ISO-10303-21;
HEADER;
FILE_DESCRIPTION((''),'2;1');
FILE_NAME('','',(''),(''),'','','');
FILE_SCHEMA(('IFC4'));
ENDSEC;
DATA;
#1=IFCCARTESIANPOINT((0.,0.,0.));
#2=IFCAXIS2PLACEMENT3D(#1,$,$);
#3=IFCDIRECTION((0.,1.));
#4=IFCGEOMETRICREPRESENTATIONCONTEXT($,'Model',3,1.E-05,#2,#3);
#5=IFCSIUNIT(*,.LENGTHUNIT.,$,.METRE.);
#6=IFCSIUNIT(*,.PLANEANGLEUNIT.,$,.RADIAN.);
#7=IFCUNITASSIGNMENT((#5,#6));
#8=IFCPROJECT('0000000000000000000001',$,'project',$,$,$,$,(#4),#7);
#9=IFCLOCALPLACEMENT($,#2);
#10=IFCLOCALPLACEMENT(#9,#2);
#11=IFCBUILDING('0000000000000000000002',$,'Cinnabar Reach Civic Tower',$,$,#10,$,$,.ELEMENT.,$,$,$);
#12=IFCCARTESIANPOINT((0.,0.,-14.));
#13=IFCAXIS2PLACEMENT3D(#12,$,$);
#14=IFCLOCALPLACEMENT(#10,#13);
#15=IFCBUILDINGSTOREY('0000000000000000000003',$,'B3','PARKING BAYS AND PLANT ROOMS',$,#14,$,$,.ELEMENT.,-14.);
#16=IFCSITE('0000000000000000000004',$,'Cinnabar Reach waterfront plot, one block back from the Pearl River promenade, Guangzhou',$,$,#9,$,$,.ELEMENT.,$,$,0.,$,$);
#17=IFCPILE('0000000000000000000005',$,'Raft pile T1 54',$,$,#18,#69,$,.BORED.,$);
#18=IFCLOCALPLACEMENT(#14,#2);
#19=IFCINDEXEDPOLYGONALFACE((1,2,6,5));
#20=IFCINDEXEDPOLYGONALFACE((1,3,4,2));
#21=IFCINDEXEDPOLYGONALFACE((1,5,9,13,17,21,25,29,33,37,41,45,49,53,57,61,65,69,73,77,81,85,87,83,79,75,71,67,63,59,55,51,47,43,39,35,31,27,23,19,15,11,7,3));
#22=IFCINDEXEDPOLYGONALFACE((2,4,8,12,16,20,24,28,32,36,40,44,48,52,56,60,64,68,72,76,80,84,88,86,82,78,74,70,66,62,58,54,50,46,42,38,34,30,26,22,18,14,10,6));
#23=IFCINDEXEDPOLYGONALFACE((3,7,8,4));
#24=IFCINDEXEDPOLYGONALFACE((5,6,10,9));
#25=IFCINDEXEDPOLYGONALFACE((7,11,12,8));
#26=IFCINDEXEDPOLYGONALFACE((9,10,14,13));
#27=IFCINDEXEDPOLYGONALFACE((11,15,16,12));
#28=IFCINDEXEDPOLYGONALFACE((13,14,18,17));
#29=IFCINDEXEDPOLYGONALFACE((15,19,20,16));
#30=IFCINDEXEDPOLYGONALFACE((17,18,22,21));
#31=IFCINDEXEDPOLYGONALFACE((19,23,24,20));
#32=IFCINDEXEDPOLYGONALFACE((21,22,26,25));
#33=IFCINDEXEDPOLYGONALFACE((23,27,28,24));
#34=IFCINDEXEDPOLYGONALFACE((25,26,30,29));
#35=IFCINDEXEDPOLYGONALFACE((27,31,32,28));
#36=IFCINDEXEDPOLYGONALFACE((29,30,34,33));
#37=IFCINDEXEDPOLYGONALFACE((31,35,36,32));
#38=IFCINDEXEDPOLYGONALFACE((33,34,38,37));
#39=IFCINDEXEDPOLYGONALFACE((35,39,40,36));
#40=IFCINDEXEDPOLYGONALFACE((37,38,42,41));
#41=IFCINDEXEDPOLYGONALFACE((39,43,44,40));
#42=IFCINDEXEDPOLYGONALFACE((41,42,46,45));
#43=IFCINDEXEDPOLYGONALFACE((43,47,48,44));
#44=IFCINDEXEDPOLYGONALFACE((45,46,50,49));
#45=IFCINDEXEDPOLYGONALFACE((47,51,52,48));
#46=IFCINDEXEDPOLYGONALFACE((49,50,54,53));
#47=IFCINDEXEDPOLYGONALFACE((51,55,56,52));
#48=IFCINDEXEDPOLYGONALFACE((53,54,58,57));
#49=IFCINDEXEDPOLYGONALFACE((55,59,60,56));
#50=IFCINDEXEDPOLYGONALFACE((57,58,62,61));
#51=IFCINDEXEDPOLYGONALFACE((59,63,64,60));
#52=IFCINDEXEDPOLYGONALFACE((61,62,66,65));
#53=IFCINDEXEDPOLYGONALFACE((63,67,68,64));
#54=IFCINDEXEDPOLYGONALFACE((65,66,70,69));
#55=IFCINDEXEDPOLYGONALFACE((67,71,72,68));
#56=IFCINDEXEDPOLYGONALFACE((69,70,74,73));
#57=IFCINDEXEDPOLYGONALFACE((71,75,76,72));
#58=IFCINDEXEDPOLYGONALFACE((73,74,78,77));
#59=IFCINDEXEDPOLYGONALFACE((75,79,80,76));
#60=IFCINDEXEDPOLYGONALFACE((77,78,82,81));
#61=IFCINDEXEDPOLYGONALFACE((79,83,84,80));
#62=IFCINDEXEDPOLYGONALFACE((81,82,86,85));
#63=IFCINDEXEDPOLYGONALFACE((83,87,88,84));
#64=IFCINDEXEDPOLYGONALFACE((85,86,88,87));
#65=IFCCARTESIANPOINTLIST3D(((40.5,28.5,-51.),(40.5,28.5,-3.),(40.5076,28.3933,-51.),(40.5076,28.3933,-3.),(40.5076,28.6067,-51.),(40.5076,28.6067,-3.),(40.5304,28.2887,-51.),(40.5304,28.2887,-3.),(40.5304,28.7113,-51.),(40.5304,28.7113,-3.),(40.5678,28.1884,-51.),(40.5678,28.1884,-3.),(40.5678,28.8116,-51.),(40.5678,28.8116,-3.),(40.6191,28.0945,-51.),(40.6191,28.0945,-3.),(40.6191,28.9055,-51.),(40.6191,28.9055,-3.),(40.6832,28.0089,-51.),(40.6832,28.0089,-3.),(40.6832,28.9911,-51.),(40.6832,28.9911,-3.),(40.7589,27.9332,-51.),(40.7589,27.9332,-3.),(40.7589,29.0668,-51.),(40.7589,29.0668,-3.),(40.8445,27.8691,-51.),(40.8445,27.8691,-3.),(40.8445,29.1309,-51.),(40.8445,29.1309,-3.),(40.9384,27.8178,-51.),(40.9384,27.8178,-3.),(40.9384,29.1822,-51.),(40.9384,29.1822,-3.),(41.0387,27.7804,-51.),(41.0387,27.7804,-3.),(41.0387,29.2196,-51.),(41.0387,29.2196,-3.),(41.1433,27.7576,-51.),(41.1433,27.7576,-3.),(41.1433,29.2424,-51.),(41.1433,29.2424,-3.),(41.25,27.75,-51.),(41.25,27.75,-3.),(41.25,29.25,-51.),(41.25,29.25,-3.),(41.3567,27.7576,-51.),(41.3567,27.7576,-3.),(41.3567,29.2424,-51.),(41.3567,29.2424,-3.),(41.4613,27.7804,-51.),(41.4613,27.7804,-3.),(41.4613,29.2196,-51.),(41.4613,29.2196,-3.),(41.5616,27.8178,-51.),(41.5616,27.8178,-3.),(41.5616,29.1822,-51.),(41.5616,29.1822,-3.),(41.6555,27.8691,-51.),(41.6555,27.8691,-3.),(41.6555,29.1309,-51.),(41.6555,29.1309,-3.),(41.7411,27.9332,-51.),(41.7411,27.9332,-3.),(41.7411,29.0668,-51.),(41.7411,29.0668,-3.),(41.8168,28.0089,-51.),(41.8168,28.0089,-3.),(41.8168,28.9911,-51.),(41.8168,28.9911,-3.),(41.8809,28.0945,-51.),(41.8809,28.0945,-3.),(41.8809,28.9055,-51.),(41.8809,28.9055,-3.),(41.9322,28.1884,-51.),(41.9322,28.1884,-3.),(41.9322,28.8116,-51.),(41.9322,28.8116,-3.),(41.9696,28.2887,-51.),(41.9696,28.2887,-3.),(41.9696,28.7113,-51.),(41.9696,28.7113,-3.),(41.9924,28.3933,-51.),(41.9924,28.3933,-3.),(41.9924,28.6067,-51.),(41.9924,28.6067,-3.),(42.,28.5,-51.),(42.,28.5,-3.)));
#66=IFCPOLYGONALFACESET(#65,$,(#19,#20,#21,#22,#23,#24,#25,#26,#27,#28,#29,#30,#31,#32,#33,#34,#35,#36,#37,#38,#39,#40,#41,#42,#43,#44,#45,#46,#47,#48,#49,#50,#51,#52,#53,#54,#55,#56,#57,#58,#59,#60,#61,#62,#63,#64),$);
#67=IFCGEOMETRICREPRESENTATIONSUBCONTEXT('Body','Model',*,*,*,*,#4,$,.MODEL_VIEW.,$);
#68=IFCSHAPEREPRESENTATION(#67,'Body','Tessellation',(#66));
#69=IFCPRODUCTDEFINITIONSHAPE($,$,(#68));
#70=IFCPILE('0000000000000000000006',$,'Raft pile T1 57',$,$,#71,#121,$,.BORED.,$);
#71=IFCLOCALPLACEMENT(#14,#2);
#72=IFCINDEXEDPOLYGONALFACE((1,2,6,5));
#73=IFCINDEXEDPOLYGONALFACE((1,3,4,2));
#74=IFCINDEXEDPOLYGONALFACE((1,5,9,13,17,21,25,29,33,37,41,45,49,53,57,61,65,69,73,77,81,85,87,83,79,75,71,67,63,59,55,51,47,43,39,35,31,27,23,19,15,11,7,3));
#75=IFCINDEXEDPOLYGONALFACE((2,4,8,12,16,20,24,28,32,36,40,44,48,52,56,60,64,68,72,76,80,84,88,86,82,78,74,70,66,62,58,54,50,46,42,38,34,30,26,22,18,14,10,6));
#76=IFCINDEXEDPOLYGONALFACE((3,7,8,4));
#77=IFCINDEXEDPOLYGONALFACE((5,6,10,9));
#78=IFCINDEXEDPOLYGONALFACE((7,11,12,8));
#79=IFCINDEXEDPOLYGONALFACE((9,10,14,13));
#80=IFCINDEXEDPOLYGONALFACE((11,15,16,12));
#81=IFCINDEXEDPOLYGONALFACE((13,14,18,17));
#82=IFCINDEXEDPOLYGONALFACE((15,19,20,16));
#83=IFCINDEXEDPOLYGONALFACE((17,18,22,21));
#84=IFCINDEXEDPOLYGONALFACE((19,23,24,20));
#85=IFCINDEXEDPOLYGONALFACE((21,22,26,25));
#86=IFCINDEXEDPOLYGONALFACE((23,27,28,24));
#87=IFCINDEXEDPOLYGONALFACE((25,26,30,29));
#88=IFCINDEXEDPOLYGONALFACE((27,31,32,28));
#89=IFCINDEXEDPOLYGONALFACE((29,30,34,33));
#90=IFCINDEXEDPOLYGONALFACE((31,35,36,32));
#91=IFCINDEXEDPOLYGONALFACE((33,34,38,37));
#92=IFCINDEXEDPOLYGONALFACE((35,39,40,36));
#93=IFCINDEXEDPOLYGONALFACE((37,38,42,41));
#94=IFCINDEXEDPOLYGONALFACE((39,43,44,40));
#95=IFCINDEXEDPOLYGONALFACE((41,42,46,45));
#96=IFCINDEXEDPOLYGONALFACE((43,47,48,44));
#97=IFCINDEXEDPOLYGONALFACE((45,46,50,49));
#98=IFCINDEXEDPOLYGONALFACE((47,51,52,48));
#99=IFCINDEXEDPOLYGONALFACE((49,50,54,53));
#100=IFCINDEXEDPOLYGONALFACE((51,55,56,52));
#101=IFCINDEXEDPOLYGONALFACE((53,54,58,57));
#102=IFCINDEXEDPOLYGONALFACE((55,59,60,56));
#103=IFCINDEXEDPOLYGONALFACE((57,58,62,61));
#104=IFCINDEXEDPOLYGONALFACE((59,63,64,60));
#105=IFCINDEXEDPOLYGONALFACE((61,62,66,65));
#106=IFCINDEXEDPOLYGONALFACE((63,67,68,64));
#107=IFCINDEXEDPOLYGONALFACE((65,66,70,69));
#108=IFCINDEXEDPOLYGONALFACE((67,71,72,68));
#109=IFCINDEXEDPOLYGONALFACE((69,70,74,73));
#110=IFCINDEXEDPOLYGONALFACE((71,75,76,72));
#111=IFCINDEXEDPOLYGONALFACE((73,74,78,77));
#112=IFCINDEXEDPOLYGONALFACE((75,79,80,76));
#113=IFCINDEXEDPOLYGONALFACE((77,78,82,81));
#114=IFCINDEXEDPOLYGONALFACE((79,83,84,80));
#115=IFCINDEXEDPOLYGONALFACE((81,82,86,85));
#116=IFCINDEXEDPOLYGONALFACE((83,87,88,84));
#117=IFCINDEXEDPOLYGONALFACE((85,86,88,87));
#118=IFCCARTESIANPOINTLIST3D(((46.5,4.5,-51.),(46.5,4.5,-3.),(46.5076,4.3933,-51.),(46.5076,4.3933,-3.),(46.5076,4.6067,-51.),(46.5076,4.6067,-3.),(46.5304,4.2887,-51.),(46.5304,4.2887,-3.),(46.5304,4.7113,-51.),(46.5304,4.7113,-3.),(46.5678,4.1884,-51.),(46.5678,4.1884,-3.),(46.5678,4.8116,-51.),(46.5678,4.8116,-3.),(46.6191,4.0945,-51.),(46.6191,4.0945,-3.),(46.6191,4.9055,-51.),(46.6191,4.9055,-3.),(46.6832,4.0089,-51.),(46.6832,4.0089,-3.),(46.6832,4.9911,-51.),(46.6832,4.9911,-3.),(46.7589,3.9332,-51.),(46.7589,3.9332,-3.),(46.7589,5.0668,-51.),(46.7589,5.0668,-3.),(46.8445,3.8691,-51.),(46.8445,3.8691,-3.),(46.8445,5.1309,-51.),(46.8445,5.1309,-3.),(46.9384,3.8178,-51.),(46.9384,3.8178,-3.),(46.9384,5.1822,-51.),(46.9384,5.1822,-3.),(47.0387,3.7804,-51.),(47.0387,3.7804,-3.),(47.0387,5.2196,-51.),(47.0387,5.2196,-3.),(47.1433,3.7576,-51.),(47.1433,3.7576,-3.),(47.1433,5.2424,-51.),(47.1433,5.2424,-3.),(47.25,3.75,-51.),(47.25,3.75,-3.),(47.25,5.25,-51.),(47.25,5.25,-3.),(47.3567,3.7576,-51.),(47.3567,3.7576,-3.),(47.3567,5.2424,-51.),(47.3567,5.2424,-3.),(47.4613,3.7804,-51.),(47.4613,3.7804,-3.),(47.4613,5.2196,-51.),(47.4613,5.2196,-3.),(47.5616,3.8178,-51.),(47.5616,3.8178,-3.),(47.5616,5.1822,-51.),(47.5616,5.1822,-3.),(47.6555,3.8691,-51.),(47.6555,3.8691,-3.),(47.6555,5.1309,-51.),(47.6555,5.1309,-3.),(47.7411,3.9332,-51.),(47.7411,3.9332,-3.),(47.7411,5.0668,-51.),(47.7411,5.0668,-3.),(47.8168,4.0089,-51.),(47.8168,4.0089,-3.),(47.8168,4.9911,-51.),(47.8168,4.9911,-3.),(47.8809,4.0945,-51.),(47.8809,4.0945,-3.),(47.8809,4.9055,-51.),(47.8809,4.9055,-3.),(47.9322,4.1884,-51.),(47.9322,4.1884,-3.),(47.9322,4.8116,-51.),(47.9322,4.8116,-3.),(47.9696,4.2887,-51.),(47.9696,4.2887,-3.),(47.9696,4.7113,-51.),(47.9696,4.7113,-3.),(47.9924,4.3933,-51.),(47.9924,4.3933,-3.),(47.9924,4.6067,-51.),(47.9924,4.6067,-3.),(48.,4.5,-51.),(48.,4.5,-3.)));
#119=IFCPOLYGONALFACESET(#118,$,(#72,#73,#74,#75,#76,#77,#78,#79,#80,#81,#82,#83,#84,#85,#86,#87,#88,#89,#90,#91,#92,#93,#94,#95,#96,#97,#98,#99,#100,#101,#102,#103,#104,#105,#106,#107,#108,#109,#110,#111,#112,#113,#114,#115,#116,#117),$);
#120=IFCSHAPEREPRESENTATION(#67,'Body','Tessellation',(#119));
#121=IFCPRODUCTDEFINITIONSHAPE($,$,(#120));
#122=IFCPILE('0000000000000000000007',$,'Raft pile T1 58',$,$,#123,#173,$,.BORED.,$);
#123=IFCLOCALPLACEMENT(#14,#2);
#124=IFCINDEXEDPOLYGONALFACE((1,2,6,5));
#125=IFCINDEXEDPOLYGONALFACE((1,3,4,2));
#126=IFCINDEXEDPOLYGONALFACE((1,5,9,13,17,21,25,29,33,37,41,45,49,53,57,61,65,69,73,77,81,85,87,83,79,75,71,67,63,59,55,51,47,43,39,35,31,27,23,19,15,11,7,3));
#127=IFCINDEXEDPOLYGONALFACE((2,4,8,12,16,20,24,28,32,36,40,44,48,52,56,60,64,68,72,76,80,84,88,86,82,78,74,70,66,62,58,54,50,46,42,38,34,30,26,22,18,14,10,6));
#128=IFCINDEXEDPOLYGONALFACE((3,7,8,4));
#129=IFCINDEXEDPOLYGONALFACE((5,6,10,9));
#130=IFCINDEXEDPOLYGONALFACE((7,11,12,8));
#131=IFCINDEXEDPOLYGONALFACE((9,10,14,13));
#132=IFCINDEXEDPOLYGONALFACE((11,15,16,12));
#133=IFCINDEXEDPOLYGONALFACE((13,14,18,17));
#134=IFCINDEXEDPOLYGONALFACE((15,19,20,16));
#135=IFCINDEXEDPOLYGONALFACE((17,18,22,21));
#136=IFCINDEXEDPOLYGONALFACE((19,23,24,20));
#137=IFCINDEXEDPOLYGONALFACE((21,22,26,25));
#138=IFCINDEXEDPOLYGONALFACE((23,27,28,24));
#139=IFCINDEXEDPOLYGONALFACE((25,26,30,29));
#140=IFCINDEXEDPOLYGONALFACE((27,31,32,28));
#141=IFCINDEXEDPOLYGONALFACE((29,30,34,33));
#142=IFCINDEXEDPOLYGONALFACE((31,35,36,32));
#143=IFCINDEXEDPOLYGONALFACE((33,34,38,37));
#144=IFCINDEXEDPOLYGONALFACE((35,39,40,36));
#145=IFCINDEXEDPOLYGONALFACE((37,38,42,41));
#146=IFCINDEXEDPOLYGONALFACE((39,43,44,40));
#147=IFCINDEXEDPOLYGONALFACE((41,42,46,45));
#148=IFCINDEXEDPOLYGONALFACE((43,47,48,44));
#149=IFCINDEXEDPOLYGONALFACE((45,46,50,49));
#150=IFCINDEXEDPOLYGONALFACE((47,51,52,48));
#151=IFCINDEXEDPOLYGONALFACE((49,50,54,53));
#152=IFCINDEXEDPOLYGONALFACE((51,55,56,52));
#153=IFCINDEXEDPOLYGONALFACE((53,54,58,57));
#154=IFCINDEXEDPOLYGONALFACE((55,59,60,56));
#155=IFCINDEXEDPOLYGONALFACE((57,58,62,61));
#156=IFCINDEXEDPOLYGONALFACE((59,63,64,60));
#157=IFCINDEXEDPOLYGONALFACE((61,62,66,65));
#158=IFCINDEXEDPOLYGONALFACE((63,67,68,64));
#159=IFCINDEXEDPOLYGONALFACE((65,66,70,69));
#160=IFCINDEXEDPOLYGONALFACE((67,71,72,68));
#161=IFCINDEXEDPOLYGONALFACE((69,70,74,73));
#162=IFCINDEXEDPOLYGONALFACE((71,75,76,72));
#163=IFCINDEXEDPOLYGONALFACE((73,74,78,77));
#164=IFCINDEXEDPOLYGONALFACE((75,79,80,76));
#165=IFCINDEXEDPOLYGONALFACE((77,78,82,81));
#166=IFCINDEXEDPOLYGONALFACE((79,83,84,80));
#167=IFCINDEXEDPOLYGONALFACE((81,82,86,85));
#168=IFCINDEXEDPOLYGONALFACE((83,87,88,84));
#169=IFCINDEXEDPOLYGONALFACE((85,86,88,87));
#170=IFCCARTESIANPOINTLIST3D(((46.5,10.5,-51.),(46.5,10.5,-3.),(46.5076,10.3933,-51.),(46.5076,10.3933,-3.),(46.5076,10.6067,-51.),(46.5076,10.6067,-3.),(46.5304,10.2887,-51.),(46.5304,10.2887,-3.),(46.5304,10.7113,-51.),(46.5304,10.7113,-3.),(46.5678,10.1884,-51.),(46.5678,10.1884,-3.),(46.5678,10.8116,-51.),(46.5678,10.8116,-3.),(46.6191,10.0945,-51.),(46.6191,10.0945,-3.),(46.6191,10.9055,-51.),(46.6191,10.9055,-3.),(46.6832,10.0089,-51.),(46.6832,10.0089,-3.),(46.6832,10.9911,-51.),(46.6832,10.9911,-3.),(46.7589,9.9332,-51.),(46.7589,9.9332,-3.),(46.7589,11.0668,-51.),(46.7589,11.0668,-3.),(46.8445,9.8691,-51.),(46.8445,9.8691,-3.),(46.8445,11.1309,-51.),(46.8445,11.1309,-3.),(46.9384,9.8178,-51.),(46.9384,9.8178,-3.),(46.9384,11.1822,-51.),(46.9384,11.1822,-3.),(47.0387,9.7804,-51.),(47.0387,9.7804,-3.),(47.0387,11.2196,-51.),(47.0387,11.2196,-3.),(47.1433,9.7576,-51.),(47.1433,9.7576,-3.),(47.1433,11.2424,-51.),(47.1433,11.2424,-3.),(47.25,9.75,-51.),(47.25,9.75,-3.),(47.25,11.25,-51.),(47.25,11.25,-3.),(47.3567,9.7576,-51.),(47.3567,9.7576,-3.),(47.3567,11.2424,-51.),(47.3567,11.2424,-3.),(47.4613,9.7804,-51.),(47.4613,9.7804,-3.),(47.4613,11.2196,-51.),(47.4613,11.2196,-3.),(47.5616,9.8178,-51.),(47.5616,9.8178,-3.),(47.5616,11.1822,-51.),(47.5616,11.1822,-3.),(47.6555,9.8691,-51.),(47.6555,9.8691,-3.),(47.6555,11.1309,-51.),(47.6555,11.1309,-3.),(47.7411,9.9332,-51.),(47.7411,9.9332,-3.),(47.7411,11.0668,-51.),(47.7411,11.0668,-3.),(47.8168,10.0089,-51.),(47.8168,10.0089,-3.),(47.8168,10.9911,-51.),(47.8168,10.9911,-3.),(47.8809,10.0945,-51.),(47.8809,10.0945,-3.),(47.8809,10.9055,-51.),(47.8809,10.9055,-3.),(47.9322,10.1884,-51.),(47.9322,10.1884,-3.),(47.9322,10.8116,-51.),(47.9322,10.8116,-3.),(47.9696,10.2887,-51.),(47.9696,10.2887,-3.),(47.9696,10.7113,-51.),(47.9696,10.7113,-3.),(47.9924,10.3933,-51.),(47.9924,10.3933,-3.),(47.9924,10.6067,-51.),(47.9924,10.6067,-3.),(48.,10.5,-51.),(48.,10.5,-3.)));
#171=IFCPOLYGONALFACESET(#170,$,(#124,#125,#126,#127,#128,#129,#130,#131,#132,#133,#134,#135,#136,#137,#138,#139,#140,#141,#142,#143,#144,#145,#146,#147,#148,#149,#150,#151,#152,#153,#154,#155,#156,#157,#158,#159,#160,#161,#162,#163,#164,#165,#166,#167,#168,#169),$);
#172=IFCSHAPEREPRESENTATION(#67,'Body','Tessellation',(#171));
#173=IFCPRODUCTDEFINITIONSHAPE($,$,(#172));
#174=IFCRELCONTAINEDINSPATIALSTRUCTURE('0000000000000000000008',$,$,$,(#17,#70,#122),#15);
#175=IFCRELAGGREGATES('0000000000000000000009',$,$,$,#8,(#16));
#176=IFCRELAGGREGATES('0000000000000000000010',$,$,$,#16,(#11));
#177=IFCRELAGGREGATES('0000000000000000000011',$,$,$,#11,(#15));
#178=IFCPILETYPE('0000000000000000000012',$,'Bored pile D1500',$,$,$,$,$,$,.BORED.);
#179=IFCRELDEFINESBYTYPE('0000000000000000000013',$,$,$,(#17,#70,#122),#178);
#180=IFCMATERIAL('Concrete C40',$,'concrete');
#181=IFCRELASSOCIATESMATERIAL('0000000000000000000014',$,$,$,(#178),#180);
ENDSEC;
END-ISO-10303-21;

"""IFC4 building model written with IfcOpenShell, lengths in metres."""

from ifc_helpers import new_model, si_unit, direction, frame, origin, origin_2d, place, context, subcontext, project, spatial, circle, extrude, material, type_object, element, save


model = new_model("IFC4")

# Units and contexts
model_context = context("Model", 3, precision=1e-05, world=origin(), true_north=direction((0.0, 1.0)))
body_context = subcontext(model_context, "Body", "Model", "MODEL_VIEW")
ifc_project = project(units=[si_unit("LENGTHUNIT", "METRE"), si_unit("PLANEANGLEUNIT", "RADIAN")], contexts=[model_context])

# Site, building, storey
site_placement = place(None, origin())
site = spatial("IfcSite", under=ifc_project, at=site_placement, Name="Cinnabar Reach waterfront plot, one block back from the Pearl River promenade, Guangzhou", CompositionType="ELEMENT", RefElevation=0.0)
building_placement = place(site_placement, origin())
building = spatial("IfcBuilding", under=site, at=building_placement, Name="Cinnabar Reach Civic Tower", CompositionType="ELEMENT")
storey_placement = place(building_placement, frame((0.0, 0.0, -14.0)))
storey = spatial("IfcBuildingStorey", under=building, at=storey_placement, Name="B3", Description="PARKING BAYS AND PLANT ROOMS", CompositionType="ELEMENT", Elevation=-14.0)

# Piles
ifc_material_1 = material(Name="Concrete C40", Category="concrete")
pile_type = type_object("IfcPileType", Name="Bored pile D1500", PredefinedType="BORED", material=ifc_material_1)
for number, where, z_axis, x_axis, name in (
    (1, (41.25, 28.5, -3.0), (0.0, 0.0, -1.0), (1.0, 0.0, 0.0), "Raft pile T1 54"),
    (2, (47.25, 4.5, -3.0), (0.0, 0.0, -1.0), (1.0, 0.0, 0.0), "Raft pile T1 57"),
    (3, (47.25, 10.5, -3.0), (0.0, 0.0, -1.0), (1.0, 0.0, 0.0), "Raft pile T1 58"),
):
    element("IfcPile", number, at=place(storey_placement, frame(where, z_axis=z_axis, x_axis=x_axis)), inside=storey, type_object=pile_type, Name=name, PredefinedType="BORED", context=body_context, shape_type="SweptSolid", body=[
        extrude(circle(Radius=0.75, at=origin_2d()), origin(), (0.0, 0.0, 1.0), 48.0),
    ])

save(model, "model.ifc")
